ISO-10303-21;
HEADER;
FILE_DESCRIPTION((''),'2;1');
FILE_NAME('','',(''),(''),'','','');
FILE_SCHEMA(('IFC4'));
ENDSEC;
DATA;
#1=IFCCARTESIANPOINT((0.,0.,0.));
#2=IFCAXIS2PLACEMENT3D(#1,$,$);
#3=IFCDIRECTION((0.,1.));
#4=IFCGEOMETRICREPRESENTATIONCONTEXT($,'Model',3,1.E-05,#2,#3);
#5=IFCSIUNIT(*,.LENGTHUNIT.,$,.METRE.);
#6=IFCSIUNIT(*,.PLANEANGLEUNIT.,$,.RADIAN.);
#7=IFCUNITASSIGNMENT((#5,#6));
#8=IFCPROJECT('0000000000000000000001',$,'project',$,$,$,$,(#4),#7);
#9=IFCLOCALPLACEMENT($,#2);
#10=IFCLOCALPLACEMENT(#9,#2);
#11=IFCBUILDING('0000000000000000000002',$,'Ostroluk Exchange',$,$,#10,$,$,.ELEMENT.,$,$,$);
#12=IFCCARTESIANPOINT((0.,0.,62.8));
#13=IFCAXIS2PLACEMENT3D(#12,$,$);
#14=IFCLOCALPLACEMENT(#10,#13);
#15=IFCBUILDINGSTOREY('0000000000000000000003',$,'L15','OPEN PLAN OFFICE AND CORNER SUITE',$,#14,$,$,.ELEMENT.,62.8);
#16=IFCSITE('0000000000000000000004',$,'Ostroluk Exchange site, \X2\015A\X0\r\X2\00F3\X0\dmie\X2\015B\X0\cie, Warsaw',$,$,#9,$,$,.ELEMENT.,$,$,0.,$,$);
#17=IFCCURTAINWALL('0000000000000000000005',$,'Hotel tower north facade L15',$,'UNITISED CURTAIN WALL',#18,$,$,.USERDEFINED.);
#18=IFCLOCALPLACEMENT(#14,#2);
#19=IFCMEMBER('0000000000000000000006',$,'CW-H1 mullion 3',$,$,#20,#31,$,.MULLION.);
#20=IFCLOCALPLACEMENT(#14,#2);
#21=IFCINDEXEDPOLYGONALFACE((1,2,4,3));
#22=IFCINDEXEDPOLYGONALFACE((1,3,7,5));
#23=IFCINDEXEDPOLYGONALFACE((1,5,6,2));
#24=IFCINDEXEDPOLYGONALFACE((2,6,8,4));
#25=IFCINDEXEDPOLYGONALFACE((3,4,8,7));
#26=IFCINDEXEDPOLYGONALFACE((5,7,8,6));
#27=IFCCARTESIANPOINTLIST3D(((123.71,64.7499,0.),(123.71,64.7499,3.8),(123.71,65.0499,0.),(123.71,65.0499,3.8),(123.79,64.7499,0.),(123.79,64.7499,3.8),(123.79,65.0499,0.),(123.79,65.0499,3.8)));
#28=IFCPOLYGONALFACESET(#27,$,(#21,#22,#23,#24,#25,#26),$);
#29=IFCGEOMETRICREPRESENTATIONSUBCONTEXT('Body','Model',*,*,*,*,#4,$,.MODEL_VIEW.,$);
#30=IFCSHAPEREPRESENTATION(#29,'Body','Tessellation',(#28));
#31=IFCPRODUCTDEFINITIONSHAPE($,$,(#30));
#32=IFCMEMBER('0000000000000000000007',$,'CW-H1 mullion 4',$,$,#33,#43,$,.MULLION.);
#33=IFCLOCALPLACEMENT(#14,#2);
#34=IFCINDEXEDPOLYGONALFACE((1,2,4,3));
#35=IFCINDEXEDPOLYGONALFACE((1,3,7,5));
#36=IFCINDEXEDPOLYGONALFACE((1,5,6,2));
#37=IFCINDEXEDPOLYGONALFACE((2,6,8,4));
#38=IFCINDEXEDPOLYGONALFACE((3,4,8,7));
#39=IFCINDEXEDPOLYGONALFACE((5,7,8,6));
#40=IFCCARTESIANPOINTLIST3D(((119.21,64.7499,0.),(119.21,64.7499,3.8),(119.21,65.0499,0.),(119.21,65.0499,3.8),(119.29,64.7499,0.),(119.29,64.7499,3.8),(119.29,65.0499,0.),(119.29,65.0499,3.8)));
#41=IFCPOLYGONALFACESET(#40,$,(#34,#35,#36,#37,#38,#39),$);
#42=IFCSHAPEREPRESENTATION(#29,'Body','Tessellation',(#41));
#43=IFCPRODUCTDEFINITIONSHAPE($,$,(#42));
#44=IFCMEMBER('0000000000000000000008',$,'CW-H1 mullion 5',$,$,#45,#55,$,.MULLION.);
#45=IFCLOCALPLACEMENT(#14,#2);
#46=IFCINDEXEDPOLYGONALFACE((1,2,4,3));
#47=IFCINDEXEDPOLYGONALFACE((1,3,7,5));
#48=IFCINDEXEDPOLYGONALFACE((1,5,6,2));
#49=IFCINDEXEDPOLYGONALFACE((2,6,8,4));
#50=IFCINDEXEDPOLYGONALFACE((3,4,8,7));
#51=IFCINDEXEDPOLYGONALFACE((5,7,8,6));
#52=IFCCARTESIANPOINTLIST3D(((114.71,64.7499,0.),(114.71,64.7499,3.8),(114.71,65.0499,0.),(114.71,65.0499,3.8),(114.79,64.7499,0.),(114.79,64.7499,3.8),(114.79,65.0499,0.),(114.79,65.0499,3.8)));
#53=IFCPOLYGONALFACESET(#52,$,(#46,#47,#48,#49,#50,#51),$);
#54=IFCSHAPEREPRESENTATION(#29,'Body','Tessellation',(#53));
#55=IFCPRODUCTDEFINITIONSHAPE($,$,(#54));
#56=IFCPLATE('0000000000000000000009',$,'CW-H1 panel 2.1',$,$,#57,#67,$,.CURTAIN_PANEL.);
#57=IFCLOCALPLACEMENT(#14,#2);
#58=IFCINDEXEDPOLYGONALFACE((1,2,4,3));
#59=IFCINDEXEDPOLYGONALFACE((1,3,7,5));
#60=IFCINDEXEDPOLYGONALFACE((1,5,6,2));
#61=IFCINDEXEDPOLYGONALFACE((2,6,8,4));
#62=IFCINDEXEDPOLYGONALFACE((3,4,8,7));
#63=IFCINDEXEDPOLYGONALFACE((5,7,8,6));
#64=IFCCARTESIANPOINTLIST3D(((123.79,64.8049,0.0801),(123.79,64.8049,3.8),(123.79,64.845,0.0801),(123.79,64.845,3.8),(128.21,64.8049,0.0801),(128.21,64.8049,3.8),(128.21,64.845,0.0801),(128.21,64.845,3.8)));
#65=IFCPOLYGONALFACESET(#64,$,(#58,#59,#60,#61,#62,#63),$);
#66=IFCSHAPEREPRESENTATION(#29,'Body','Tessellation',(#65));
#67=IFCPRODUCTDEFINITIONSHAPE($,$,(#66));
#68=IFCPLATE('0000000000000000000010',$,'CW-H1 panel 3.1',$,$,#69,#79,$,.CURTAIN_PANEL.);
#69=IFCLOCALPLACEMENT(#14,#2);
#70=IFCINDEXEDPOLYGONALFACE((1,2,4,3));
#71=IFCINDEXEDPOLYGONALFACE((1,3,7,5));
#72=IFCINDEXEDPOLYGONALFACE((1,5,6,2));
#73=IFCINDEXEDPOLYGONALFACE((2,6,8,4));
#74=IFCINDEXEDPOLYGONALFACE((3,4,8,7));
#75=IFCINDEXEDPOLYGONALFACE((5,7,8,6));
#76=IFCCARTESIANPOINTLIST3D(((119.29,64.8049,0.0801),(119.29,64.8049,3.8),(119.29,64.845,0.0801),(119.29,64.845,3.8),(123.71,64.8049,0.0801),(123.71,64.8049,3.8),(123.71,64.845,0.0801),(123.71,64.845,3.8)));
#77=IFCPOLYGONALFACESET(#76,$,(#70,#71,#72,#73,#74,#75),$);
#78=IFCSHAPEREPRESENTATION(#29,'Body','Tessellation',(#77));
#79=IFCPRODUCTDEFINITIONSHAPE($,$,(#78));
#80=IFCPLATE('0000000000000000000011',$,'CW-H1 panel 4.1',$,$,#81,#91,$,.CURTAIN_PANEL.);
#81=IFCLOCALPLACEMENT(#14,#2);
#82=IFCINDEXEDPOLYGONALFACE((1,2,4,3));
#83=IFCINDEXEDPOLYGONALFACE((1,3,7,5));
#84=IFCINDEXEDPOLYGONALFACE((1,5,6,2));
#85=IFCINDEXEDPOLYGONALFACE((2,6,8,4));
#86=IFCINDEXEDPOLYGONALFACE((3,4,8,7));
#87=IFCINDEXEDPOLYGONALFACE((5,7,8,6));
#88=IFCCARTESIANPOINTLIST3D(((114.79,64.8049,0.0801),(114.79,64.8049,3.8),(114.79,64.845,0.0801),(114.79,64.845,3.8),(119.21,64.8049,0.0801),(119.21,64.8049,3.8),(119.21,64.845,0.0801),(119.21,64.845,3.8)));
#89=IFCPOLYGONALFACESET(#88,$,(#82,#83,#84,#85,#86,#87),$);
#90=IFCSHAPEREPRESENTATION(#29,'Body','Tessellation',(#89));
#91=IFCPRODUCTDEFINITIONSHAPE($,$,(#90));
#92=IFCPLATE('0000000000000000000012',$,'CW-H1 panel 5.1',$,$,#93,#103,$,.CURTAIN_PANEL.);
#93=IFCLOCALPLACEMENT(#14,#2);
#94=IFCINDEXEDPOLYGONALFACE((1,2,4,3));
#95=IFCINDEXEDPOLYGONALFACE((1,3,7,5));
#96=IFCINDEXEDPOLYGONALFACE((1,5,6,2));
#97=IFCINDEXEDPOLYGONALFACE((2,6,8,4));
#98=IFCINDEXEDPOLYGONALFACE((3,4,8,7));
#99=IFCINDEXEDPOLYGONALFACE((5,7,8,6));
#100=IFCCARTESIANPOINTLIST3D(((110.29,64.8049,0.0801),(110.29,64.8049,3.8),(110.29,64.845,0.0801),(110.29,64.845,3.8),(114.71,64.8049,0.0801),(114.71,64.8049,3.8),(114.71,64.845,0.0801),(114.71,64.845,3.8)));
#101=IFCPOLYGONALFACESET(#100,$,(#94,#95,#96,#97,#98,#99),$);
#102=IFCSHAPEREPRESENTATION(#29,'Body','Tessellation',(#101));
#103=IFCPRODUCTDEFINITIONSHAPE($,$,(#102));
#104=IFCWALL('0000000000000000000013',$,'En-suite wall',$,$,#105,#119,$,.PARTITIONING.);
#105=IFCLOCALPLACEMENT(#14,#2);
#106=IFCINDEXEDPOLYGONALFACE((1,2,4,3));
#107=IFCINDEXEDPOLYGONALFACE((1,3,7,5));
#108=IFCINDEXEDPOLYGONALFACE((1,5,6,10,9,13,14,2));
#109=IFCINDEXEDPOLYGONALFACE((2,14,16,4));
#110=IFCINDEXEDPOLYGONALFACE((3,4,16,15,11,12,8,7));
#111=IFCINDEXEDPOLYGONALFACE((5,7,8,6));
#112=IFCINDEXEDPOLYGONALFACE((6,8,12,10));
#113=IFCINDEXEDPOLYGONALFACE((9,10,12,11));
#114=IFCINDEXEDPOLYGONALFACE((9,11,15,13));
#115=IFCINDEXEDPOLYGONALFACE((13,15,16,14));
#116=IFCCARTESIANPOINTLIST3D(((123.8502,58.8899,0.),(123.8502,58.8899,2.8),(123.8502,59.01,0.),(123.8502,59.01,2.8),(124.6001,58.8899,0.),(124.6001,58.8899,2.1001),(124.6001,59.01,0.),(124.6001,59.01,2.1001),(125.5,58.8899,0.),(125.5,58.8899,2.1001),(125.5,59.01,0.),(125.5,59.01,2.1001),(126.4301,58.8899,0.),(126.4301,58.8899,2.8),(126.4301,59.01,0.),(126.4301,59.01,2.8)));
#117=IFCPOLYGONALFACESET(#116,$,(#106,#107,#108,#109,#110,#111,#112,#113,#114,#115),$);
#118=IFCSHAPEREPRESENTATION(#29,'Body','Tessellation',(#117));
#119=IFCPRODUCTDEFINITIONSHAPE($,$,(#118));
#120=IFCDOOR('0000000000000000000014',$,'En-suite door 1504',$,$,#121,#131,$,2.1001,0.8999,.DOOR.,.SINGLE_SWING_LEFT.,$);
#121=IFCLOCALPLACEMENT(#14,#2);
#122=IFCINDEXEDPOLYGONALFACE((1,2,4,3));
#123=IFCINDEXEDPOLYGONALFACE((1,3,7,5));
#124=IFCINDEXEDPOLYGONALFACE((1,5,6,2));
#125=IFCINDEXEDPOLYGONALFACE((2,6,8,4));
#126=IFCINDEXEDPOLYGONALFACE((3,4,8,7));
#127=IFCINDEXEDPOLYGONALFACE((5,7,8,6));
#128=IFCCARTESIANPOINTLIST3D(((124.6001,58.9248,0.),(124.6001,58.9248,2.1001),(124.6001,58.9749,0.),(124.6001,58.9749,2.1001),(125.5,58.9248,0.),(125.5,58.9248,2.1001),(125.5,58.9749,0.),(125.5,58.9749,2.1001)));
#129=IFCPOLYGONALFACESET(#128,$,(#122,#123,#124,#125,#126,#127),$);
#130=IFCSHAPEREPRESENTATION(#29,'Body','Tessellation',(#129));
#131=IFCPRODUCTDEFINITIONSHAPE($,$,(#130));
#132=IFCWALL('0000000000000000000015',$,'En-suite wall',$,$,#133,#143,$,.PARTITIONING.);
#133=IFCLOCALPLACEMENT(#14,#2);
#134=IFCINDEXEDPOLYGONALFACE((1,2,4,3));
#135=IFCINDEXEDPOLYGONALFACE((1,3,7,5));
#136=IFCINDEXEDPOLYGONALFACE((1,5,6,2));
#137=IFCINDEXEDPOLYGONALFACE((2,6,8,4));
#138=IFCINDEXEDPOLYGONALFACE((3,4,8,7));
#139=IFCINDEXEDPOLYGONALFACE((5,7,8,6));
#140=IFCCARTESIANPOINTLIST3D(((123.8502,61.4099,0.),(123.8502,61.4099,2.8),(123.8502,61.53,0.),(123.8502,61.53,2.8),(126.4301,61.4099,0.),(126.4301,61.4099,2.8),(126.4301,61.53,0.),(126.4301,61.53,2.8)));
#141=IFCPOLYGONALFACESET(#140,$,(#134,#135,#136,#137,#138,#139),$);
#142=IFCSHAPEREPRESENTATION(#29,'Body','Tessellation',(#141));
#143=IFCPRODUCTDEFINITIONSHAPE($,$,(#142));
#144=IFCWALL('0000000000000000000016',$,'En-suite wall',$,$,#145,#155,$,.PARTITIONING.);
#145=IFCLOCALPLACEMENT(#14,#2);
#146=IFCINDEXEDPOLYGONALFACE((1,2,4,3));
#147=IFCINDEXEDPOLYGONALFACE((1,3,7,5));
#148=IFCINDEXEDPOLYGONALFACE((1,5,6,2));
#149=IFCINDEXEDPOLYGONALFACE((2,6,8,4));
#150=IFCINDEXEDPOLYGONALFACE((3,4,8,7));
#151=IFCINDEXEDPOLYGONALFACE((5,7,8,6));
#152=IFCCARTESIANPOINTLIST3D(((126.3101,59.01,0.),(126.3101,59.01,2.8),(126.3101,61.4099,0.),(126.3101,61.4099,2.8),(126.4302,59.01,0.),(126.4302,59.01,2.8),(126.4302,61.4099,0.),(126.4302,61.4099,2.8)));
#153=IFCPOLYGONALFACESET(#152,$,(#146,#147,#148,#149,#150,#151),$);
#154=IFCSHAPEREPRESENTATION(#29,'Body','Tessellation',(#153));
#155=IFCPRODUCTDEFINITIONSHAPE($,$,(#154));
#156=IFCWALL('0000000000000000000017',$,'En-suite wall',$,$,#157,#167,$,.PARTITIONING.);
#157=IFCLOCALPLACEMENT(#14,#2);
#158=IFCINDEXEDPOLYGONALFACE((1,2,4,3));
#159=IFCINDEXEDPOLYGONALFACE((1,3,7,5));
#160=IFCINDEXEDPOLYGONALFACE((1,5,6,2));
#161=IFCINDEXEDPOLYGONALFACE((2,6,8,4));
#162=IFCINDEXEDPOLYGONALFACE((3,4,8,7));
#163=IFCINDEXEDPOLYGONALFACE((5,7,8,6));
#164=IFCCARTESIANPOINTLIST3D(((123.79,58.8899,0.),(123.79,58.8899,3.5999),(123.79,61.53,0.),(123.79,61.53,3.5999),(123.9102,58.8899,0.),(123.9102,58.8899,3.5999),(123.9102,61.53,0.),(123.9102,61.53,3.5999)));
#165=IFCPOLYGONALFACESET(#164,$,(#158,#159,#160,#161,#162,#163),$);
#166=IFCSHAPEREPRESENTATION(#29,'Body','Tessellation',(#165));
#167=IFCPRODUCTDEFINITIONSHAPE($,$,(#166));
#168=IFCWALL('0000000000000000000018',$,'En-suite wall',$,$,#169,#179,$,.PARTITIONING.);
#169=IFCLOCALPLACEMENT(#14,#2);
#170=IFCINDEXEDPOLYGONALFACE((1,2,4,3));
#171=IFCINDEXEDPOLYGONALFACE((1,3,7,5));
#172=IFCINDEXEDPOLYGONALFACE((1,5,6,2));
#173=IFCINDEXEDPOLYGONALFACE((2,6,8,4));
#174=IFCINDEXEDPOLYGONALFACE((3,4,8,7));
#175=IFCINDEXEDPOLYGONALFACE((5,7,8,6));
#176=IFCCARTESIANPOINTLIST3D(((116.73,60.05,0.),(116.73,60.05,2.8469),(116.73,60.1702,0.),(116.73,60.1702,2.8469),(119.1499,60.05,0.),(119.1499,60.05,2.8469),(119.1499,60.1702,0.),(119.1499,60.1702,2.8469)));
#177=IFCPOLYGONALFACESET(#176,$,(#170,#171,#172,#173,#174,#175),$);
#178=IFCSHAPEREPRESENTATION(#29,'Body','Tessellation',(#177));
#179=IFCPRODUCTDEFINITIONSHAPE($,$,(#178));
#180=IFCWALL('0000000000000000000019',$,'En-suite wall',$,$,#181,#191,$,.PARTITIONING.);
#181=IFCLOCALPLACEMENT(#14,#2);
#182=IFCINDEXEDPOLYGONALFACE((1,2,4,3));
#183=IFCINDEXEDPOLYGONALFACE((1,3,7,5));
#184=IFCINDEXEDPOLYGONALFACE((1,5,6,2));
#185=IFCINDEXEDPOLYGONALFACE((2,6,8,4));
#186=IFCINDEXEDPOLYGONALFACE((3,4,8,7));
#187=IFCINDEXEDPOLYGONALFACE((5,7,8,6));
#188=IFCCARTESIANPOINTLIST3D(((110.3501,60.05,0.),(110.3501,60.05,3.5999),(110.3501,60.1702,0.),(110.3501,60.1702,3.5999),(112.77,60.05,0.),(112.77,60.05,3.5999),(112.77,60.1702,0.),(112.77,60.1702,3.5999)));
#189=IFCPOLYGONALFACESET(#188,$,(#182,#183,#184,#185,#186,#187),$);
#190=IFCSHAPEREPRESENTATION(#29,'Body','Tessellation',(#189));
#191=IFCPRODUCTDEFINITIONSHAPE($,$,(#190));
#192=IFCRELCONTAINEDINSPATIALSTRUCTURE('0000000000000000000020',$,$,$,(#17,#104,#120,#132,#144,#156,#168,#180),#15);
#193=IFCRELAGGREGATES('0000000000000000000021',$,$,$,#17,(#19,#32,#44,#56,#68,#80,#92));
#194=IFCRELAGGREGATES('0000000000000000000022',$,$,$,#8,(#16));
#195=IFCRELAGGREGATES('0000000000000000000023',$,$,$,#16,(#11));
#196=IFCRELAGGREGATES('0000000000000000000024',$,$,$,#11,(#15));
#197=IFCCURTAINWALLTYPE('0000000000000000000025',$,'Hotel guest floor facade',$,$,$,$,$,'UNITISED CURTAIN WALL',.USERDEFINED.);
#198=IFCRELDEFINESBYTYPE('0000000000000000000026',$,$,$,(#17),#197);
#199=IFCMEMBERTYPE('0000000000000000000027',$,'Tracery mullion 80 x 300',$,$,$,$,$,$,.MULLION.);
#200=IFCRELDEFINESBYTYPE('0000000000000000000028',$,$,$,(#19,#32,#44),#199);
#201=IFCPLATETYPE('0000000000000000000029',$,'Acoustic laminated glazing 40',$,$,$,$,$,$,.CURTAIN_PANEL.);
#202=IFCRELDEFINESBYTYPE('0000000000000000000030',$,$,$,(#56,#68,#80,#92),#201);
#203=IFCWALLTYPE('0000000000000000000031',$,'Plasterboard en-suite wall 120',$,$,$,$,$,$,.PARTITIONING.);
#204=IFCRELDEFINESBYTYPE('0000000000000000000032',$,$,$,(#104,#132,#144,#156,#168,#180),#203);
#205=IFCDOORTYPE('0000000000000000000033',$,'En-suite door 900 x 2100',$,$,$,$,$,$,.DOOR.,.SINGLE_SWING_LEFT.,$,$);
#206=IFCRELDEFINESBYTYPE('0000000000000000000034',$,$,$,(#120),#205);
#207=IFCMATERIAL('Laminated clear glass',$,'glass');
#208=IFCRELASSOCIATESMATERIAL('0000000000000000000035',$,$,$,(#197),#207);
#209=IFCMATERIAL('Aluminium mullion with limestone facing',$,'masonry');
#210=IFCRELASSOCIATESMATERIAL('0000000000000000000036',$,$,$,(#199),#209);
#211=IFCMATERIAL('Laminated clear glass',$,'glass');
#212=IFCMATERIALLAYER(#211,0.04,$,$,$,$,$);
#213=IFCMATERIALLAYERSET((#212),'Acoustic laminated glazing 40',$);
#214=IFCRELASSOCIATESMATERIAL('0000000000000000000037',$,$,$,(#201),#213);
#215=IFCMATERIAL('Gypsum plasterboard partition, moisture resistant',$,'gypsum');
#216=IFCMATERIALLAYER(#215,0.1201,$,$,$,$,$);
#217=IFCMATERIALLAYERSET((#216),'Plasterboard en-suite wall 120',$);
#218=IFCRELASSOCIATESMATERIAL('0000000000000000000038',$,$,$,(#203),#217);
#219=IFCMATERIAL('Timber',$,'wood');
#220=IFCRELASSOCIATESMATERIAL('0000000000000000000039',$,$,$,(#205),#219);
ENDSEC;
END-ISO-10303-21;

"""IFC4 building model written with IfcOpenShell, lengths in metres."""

from ifc_helpers import new_model, si_unit, direction, frame, frame_2d, origin, origin_2d, place, context, subcontext, project, spatial, rectangle, extrude, material, layer, layer_set, material_profile, profile_set, type_object, element, fill, aggregate, save


model = new_model("IFC4")

# Units and contexts
model_context = context("Model", 3, precision=1e-05, world=origin(), true_north=direction((0.0, 1.0)))
body_context = subcontext(model_context, "Body", "Model", "MODEL_VIEW")
ifc_project = project(units=[si_unit("LENGTHUNIT", "METRE"), si_unit("PLANEANGLEUNIT", "RADIAN")], contexts=[model_context])

# Site, building, storey
site_placement = place(None, origin())
site = spatial("IfcSite", under=ifc_project, at=site_placement, Name="Ostroluk Exchange site, Śródmieście, Warsaw", CompositionType="ELEMENT", RefElevation=0.0)
building_placement = place(site_placement, origin())
building = spatial("IfcBuilding", under=site, at=building_placement, Name="Ostroluk Exchange", CompositionType="ELEMENT")
storey_placement = place(building_placement, frame((0.0, 0.0, 62.8)))
storey = spatial("IfcBuildingStorey", under=building, at=storey_placement, Name="L15", Description="OPEN PLAN OFFICE AND CORNER SUITE", CompositionType="ELEMENT", Elevation=62.8)

# Curtain wall, members, plates
ifc_material_1 = material(Name="Laminated clear glass", Category="glass")
curtain_wall_type = type_object("IfcCurtainWallType", Name="Hotel guest floor facade", ElementType="UNITISED CURTAIN WALL", PredefinedType="USERDEFINED", material=ifc_material_1)
curtain_wall_placement = place(storey_placement, origin())
curtain_wall = element("IfcCurtainWall", 1, at=curtain_wall_placement, inside=storey, type_object=curtain_wall_type, Name="Hotel tower north facade L15", ObjectType="UNITISED CURTAIN WALL", PredefinedType="USERDEFINED")
ifc_material_2 = material(Name="Aluminium mullion with limestone facing", Category="masonry")
ifc_material_profile_1 = material_profile(ifc_material_2, rectangle(XDim=0.3, YDim=0.0801, at=origin_2d()), Name="Tracery mullion 80 x 300")
ifc_profile_set_1 = profile_set([ifc_material_profile_1], Name="Aluminium mullion with limestone facing")
member_type_1 = type_object("IfcMemberType", Name="Tracery mullion 80 x 300", PredefinedType="MULLION", material=ifc_profile_set_1)
member_1_placement = place(storey_placement, frame((123.75, 64.8999, 0.0), z_axis=(0.0, 0.0, 1.0), x_axis=(0.0, -1.0, 0.0)))
member_1 = element("IfcMember", 2, at=member_1_placement, type_object=member_type_1, Name="CW-H1 mullion 3", PredefinedType="MULLION", context=body_context, shape_type="SweptSolid", body=[
    extrude(rectangle(XDim=0.3, YDim=0.0801, at=origin_2d()), origin(), (0.0, 0.0, 1.0), 3.8),
])
member_2_placement = place(storey_placement, frame((119.25, 64.8999, 0.0), z_axis=(0.0, 0.0, 1.0), x_axis=(0.0, -1.0, 0.0)))
member_2 = element("IfcMember", 3, at=member_2_placement, type_object=member_type_1, Name="CW-H1 mullion 4", PredefinedType="MULLION", context=body_context, shape_type="SweptSolid", body=[
    extrude(rectangle(XDim=0.3, YDim=0.0801, at=origin_2d()), origin(), (0.0, 0.0, 1.0), 3.8),
])
member_3_placement = place(storey_placement, frame((114.75, 64.8999, 0.0), z_axis=(0.0, 0.0, 1.0), x_axis=(0.0, -1.0, 0.0)))
member_3 = element("IfcMember", 4, at=member_3_placement, type_object=member_type_1, Name="CW-H1 mullion 5", PredefinedType="MULLION", context=body_context, shape_type="SweptSolid", body=[
    extrude(rectangle(XDim=0.3, YDim=0.0801, at=origin_2d()), origin(), (0.0, 0.0, 1.0), 3.8),
])
ifc_material_3 = material(Name="Laminated clear glass", Category="glass")
ifc_layer_1 = layer(ifc_material_3, 0.04)
ifc_layer_set_1 = layer_set([ifc_layer_1], Name="Acoustic laminated glazing 40")
plate_type = type_object("IfcPlateType", Name="Acoustic laminated glazing 40", PredefinedType="CURTAIN_PANEL", material=ifc_layer_set_1)
plate_1_placement = place(storey_placement, frame((126.0, 64.825, 0.0801), z_axis=(0.0, 0.0, 1.0), x_axis=(-1.0, 0.0, 0.0)))
plate_1 = element("IfcPlate", 5, at=plate_1_placement, type_object=plate_type, Name="CW-H1 panel 2.1", PredefinedType="CURTAIN_PANEL", context=body_context, shape_type="SweptSolid", body=[
    extrude(rectangle(XDim=4.4199, YDim=0.04, at=origin_2d()), origin(), (0.0, 0.0, 1.0), 3.72),
])
plate_2_placement = place(storey_placement, frame((121.5, 64.825, 0.0801), z_axis=(0.0, 0.0, 1.0), x_axis=(-1.0, 0.0, 0.0)))
plate_2 = element("IfcPlate", 6, at=plate_2_placement, type_object=plate_type, Name="CW-H1 panel 3.1", PredefinedType="CURTAIN_PANEL", context=body_context, shape_type="SweptSolid", body=[
    extrude(rectangle(XDim=4.4199, YDim=0.04, at=origin_2d()), origin(), (0.0, 0.0, 1.0), 3.72),
])
plate_3_placement = place(storey_placement, frame((117.0, 64.825, 0.0801), z_axis=(0.0, 0.0, 1.0), x_axis=(-1.0, 0.0, 0.0)))
plate_3 = element("IfcPlate", 7, at=plate_3_placement, type_object=plate_type, Name="CW-H1 panel 4.1", PredefinedType="CURTAIN_PANEL", context=body_context, shape_type="SweptSolid", body=[
    extrude(rectangle(XDim=4.4199, YDim=0.04, at=origin_2d()), origin(), (0.0, 0.0, 1.0), 3.72),
])
plate_4_placement = place(storey_placement, frame((112.5, 64.825, 0.0801), z_axis=(0.0, 0.0, 1.0), x_axis=(-1.0, 0.0, 0.0)))
plate_4 = element("IfcPlate", 8, at=plate_4_placement, type_object=plate_type, Name="CW-H1 panel 5.1", PredefinedType="CURTAIN_PANEL", context=body_context, shape_type="SweptSolid", body=[
    extrude(rectangle(XDim=4.4199, YDim=0.04, at=origin_2d()), origin(), (0.0, 0.0, 1.0), 3.72),
])
aggregate(curtain_wall, [member_1, member_2, member_3, plate_1, plate_2, plate_3, plate_4])

# Wall, opening, door
ifc_material_4 = material(Name="Gypsum plasterboard partition, moisture resistant", Category="gypsum")
ifc_layer_2 = layer(ifc_material_4, 0.1201)
ifc_layer_set_2 = layer_set([ifc_layer_2], Name="Plasterboard en-suite wall 120")
wall_type = type_object("IfcWallType", Name="Plasterboard en-suite wall 120", PredefinedType="PARTITIONING", material=ifc_layer_set_2)
wall_1_placement = place(storey_placement, frame((123.8501, 58.95, 0.0), z_axis=(0.0, 0.0, 1.0), x_axis=(1.0, 0.0, 0.0)))
wall_1 = element("IfcWall", 9, at=wall_1_placement, inside=storey, type_object=wall_type, Name="En-suite wall", PredefinedType="PARTITIONING", context=body_context, shape_type="SweptSolid", body=[
    extrude(rectangle(XDim=2.5798, YDim=0.1201, at=frame_2d((1.29, 0.0))), origin(), (0.0, 0.0, 1.0), 2.8),
])
opening_placement = place(wall_1_placement, frame((0.75, 0.0, 0.0)))
opening = element("IfcOpeningElement", 10, at=opening_placement, cuts=wall_1, PredefinedType="OPENING", context=body_context, shape_type="SweptSolid", body=[
    extrude(rectangle(XDim=0.8999, YDim=2.1001, at=frame_2d((0.45, 1.05))), frame((0.0, 0.0701, 0.0), z_axis=(0.0, -1.0, 0.0), x_axis=(1.0, 0.0, 0.0)), (0.0, 0.0, 1.0), 0.1401),
])
ifc_material_5 = material(Name="Timber", Category="wood")
door_type = type_object("IfcDoorType", Name="En-suite door 900 x 2100", OperationType="SINGLE_SWING_LEFT", PredefinedType="DOOR", material=ifc_material_5)
door_placement = place(opening_placement, origin())
door = element("IfcDoor", 11, at=door_placement, inside=storey, type_object=door_type, Name="En-suite door 1504", OperationType="SINGLE_SWING_LEFT", OverallHeight=2.1001, OverallWidth=0.8999, PredefinedType="DOOR", context=body_context, shape_type="SweptSolid", body=[
    extrude(rectangle(XDim=0.8999, YDim=2.1001, at=frame_2d((0.45, 1.05))), frame((0.0, 0.0249, 0.0), z_axis=(0.0, -1.0, 0.0), x_axis=(1.0, 0.0, 0.0)), (0.0, 0.0, 1.0), 0.05),
])
fill(opening, door)

# Walls
wall_2_placement = place(storey_placement, frame((123.8501, 61.47, 0.0), z_axis=(0.0, 0.0, 1.0), x_axis=(1.0, 0.0, 0.0)))
element("IfcWall", 12, at=wall_2_placement, inside=storey, type_object=wall_type, Name="En-suite wall", PredefinedType="PARTITIONING", context=body_context, shape_type="SweptSolid", body=[
    extrude(rectangle(XDim=2.5798, YDim=0.1201, at=frame_2d((1.29, 0.0))), origin(), (0.0, 0.0, 1.0), 2.8),
])
wall_3_placement = place(storey_placement, frame((126.3701, 59.01, 0.0), z_axis=(0.0, 0.0, 1.0), x_axis=(0.0, 1.0, 0.0)))
element("IfcWall", 13, at=wall_3_placement, inside=storey, type_object=wall_type, Name="En-suite wall", PredefinedType="PARTITIONING", context=body_context, shape_type="SweptSolid", body=[
    extrude(rectangle(XDim=2.3999, YDim=0.1201, at=frame_2d((1.2, 0.0))), origin(), (0.0, 0.0, 1.0), 2.8),
])
wall_4_placement = place(storey_placement, frame((123.8501, 58.8899, 0.0), z_axis=(0.0, 0.0, 1.0), x_axis=(0.0, 1.0, 0.0)))
element("IfcWall", 14, at=wall_4_placement, inside=storey, type_object=wall_type, Name="En-suite wall", PredefinedType="PARTITIONING", context=body_context, shape_type="SweptSolid", body=[
    extrude(rectangle(XDim=2.6401, YDim=0.1201, at=frame_2d((1.3201, 0.0))), origin(), (0.0, 0.0, 1.0), 3.5999),
])
wall_5_placement = place(storey_placement, frame((119.1499, 60.1101, 0.0), z_axis=(0.0, 0.0, 1.0), x_axis=(-1.0, 0.0, 0.0)))
element("IfcWall", 15, at=wall_5_placement, inside=storey, type_object=wall_type, Name="En-suite wall", PredefinedType="PARTITIONING", context=body_context, shape_type="SweptSolid", body=[
    extrude(rectangle(XDim=2.4199, YDim=0.1201, at=frame_2d((1.21, 0.0))), origin(), (0.0, 0.0, 1.0), 2.8469),
])
wall_6_placement = place(storey_placement, frame((112.77, 60.1101, 0.0), z_axis=(0.0, 0.0, 1.0), x_axis=(-1.0, 0.0, 0.0)))
element("IfcWall", 16, at=wall_6_placement, inside=storey, type_object=wall_type, Name="En-suite wall", PredefinedType="PARTITIONING", context=body_context, shape_type="SweptSolid", body=[
    extrude(rectangle(XDim=2.4199, YDim=0.1201, at=frame_2d((1.21, 0.0))), origin(), (0.0, 0.0, 1.0), 3.5999),
])

save(model, "model.ifc")
